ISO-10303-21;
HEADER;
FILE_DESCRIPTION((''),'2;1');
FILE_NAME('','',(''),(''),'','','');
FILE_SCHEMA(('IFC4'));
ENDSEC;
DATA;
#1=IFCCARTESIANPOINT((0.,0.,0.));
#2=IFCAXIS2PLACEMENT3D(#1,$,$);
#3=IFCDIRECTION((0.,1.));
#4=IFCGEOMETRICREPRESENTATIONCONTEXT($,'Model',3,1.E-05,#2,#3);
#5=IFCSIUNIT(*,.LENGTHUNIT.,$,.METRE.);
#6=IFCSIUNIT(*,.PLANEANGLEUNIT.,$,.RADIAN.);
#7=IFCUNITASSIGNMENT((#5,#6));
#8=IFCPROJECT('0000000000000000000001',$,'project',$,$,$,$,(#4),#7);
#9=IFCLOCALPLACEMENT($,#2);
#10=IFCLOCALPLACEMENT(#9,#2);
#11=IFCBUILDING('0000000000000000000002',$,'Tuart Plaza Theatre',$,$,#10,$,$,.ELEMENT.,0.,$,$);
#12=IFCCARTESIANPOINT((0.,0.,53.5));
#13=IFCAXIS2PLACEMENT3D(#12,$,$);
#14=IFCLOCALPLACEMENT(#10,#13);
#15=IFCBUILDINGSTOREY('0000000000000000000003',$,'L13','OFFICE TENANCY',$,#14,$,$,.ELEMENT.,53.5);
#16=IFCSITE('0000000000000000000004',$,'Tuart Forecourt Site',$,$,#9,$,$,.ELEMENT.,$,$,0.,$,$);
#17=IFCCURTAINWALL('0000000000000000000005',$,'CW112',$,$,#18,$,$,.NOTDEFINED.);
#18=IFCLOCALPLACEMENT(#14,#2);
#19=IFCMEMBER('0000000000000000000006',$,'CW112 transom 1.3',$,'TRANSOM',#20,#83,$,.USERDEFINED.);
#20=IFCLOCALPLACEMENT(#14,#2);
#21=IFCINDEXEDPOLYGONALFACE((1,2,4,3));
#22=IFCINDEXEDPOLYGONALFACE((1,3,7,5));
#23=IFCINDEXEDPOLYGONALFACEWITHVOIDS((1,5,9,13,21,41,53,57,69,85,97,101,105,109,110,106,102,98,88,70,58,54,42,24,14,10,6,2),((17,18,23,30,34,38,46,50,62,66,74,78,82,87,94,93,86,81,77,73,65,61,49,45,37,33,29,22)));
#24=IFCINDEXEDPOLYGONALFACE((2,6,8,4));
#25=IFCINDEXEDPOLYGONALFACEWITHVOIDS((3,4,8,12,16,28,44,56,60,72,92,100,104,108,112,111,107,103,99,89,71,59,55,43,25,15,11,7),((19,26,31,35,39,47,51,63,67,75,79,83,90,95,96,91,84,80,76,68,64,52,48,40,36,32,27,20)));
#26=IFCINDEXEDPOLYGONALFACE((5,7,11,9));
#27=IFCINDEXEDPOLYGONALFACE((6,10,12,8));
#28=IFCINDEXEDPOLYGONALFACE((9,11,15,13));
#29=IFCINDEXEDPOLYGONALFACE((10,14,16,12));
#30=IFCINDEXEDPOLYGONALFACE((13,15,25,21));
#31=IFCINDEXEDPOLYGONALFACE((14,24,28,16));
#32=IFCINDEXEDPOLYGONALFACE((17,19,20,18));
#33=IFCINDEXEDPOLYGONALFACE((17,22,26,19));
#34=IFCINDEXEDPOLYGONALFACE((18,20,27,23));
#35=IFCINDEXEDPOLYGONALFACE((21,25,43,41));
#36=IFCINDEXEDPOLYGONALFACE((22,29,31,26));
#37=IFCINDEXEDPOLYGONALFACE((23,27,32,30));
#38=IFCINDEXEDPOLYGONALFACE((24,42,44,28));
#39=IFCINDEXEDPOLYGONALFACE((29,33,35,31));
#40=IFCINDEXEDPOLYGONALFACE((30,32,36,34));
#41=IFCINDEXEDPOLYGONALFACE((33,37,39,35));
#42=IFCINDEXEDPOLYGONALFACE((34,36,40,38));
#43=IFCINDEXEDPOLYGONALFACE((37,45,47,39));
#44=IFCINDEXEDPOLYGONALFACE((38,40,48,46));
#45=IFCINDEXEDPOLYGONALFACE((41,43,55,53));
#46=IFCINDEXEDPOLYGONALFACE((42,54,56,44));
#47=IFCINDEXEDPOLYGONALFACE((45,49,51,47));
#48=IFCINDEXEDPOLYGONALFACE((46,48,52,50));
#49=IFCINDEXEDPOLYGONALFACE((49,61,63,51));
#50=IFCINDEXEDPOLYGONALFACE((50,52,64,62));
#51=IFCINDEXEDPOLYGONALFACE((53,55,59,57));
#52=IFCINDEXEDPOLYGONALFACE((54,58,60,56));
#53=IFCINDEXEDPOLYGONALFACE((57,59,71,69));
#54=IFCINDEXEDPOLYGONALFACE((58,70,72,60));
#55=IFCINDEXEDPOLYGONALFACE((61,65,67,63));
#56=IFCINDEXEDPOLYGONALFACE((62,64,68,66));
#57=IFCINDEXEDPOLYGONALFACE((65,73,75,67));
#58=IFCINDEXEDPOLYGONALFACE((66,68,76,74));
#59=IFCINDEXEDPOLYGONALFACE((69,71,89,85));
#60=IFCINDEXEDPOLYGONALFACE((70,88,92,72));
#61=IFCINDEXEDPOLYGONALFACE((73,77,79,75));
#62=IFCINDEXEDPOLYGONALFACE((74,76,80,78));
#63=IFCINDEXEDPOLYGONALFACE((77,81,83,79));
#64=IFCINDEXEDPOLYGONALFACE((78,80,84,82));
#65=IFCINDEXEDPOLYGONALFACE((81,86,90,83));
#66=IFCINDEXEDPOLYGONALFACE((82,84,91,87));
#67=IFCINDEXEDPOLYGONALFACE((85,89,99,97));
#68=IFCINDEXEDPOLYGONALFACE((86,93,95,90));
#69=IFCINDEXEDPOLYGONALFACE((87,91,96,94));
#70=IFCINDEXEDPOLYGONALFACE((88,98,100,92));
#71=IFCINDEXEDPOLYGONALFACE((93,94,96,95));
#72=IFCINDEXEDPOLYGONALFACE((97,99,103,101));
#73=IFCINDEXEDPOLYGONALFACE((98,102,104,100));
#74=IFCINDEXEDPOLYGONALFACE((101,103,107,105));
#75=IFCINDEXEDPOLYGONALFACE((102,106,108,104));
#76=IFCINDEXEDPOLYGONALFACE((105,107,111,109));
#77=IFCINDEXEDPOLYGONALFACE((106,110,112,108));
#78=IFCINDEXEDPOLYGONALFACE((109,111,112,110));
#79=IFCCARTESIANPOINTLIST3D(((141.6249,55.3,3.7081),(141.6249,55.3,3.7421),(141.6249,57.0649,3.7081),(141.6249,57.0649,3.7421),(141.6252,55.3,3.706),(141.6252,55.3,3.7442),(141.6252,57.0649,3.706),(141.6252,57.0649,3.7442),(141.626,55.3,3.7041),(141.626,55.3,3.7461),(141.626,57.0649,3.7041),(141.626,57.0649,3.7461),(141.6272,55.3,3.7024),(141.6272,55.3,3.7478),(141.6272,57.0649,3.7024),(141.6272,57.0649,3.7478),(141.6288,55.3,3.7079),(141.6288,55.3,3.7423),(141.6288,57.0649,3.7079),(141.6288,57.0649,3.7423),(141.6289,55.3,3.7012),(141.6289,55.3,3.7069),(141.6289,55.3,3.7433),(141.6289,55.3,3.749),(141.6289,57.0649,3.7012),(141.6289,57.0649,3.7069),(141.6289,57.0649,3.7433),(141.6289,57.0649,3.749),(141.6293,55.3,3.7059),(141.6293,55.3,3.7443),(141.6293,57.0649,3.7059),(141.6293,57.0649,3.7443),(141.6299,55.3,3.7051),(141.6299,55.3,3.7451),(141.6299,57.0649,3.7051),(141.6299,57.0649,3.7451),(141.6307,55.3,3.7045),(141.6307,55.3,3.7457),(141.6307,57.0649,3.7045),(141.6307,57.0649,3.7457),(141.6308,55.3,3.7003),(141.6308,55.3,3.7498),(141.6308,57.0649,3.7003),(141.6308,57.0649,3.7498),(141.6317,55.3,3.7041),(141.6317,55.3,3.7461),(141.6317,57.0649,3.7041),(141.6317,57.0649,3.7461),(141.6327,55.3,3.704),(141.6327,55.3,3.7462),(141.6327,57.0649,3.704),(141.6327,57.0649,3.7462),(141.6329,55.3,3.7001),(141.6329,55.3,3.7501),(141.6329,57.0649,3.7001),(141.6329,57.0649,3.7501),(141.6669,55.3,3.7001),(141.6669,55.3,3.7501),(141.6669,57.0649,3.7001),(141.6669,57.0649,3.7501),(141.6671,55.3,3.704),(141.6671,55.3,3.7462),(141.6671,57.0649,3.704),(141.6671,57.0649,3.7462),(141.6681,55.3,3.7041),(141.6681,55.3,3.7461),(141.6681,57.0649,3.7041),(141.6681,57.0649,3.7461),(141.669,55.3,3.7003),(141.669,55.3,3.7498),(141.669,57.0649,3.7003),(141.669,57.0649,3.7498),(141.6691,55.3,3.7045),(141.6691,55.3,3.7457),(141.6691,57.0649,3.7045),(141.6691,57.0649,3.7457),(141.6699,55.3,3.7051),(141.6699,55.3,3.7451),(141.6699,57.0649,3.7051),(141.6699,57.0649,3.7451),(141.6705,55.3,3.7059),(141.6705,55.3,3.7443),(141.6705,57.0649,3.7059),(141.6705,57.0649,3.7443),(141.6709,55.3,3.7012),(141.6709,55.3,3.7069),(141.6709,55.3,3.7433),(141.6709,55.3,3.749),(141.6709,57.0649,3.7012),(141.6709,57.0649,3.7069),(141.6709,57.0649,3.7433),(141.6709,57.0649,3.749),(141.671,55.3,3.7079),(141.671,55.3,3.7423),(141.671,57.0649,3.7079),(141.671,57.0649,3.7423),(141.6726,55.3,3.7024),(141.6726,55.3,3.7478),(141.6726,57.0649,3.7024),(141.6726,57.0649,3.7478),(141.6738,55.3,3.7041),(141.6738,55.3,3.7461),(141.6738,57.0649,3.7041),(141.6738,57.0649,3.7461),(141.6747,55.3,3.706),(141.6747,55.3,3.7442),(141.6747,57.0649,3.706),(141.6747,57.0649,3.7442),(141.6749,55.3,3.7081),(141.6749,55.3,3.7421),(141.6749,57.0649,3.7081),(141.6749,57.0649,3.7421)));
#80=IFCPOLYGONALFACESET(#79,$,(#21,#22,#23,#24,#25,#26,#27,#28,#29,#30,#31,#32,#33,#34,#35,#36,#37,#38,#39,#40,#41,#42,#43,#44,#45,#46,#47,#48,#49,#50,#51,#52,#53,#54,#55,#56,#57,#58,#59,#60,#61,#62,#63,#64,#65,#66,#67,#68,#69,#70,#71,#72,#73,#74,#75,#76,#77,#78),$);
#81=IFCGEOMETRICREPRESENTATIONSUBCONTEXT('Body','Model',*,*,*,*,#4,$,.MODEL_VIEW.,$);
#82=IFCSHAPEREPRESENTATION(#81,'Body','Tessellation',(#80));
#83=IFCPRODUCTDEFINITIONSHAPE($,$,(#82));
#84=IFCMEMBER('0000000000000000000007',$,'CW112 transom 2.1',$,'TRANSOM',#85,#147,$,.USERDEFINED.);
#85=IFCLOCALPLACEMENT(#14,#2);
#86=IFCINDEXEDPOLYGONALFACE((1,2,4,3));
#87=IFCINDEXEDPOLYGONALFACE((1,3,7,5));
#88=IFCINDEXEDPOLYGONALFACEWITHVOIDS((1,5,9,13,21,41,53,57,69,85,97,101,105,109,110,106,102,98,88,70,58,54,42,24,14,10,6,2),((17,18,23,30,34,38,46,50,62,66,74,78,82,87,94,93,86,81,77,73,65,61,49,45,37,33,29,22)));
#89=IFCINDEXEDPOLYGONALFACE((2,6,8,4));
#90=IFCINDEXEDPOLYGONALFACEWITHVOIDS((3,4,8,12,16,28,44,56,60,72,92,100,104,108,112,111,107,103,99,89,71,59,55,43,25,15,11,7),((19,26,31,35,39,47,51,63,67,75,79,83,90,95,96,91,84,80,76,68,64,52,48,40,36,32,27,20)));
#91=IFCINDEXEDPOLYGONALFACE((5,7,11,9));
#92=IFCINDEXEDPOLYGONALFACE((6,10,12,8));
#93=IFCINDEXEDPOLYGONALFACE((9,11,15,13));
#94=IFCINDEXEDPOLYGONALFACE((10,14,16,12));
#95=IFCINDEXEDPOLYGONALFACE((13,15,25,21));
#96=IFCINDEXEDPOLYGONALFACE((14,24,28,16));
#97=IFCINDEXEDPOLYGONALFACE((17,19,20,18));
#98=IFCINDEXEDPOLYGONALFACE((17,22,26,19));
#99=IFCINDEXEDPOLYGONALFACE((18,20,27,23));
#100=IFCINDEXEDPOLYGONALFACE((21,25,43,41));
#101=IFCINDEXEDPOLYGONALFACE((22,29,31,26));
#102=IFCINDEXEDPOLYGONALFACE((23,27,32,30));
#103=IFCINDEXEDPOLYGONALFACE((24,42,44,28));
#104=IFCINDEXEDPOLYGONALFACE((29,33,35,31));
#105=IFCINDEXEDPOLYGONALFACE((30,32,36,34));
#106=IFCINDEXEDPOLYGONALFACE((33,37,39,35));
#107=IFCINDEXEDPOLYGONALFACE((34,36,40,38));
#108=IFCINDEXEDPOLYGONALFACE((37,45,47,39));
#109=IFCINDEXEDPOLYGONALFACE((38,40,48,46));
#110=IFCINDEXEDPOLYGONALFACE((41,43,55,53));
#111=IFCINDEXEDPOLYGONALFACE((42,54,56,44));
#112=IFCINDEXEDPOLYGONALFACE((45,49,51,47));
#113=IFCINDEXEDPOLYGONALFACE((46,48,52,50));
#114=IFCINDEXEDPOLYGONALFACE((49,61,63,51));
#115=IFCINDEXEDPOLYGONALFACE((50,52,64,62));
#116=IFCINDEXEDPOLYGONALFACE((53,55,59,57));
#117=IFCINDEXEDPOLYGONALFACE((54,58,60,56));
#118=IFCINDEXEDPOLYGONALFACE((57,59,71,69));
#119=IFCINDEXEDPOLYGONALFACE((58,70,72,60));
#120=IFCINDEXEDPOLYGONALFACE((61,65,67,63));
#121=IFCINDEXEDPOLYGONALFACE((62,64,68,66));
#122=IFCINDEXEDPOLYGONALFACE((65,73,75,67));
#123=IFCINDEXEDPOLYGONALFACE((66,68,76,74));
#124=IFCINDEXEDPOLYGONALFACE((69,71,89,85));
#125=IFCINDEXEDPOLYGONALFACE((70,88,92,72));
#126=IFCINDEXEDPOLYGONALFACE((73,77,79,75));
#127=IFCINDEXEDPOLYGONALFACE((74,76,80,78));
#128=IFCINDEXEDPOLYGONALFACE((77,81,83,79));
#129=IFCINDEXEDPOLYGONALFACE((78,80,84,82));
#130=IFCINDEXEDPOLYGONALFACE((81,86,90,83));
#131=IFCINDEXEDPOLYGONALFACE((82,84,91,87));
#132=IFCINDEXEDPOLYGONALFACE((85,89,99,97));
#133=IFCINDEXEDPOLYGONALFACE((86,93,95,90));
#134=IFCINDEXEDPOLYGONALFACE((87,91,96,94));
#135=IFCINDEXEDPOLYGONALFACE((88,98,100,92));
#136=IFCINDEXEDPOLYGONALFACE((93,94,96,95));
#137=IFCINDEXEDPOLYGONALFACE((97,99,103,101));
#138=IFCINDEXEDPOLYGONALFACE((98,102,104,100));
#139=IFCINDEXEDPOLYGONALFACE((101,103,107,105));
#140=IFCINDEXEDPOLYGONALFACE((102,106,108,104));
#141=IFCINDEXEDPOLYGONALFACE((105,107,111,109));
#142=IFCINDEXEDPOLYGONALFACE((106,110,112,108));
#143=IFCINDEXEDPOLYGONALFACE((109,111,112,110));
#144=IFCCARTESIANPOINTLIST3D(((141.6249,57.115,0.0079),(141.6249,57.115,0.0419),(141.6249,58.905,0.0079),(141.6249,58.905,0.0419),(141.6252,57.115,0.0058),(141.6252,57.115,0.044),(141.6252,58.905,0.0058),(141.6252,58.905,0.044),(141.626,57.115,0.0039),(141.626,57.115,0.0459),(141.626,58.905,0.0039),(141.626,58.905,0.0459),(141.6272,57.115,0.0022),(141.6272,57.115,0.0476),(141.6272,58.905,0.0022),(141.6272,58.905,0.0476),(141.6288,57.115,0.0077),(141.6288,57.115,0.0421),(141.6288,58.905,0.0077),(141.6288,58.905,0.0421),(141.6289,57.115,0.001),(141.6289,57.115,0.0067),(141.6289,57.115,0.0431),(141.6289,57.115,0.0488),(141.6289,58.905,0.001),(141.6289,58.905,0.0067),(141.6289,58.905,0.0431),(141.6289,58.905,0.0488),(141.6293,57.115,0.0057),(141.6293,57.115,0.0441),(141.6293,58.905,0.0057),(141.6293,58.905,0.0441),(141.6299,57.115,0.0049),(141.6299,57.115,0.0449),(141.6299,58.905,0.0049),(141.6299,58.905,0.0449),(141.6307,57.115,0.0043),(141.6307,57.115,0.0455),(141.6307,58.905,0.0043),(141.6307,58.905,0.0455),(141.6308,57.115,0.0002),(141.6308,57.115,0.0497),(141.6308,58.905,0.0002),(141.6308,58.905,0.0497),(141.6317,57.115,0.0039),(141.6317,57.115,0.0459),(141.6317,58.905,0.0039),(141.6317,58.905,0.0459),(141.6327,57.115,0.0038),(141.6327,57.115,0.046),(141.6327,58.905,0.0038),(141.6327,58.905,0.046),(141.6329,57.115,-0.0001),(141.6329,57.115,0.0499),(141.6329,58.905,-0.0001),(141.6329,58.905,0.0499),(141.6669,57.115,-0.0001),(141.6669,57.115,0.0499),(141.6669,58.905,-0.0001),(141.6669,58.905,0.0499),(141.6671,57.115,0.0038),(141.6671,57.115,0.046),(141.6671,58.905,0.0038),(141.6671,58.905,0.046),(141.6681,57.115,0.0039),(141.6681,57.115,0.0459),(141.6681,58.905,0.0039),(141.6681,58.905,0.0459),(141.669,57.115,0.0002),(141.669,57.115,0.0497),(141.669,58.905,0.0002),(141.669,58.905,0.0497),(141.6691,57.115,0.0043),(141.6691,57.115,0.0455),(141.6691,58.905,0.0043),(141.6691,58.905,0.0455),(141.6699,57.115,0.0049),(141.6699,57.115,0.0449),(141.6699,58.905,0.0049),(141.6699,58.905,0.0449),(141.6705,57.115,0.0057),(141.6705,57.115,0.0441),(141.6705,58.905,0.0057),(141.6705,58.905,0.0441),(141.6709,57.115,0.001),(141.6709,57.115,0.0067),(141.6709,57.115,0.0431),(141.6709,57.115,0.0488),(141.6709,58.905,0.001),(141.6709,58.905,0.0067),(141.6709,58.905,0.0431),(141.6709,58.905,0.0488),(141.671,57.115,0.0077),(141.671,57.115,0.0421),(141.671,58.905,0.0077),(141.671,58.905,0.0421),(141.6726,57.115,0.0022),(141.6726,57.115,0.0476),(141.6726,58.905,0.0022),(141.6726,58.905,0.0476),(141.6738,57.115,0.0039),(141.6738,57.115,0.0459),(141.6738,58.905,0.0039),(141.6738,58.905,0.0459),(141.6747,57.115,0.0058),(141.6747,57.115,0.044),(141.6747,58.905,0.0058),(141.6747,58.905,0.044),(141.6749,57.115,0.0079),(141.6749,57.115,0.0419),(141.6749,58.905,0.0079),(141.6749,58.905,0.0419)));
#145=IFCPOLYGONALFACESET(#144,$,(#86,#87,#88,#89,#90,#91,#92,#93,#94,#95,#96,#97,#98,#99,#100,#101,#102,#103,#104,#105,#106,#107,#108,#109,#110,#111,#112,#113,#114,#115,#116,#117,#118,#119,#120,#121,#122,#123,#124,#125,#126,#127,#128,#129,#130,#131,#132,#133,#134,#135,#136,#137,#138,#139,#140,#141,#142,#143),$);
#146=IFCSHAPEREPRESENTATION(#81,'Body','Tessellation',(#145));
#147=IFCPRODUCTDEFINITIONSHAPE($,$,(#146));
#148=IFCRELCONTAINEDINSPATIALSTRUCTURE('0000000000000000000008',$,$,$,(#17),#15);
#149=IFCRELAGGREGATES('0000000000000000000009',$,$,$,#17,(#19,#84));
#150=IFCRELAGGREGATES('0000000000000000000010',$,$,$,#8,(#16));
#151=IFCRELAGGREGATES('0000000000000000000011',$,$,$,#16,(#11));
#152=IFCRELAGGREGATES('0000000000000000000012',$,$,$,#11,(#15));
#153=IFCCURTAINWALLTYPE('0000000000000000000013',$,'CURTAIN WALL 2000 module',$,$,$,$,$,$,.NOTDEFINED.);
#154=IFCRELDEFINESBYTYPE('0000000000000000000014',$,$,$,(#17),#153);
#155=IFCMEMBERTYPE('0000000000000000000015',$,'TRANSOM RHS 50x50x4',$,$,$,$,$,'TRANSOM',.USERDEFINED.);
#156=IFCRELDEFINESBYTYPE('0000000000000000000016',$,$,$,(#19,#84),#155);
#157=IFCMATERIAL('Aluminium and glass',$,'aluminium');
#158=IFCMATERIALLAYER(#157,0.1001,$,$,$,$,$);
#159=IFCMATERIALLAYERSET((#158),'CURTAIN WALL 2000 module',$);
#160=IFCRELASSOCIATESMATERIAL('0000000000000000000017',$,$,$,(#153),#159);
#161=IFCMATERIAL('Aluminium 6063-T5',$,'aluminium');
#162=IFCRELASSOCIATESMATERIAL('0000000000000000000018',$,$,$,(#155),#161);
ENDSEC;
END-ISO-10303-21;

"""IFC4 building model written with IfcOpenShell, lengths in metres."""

from ifc_helpers import new_model, si_unit, direction, frame, origin, origin_2d, place, context, subcontext, project, spatial, hollow_rectangle, extrude, material, layer, layer_set, material_profile, profile_set, type_object, element, aggregate, save


model = new_model("IFC4")

# Units and contexts
model_context = context("Model", 3, precision=1e-05, world=origin(), true_north=direction((0.0, 1.0)))
body_context = subcontext(model_context, "Body", "Model", "MODEL_VIEW")
ifc_project = project(units=[si_unit("LENGTHUNIT", "METRE"), si_unit("PLANEANGLEUNIT", "RADIAN")], contexts=[model_context])

# Site, building, storey
site_placement = place(None, origin())
site = spatial("IfcSite", under=ifc_project, at=site_placement, Name="Tuart Forecourt Site", CompositionType="ELEMENT", RefElevation=0.0)
building_placement = place(site_placement, origin())
building = spatial("IfcBuilding", under=site, at=building_placement, Name="Tuart Plaza Theatre", CompositionType="ELEMENT", ElevationOfRefHeight=0.0)
storey_placement = place(building_placement, frame((0.0, 0.0, 53.5)))
storey = spatial("IfcBuildingStorey", under=building, at=storey_placement, Name="L13", Description="OFFICE TENANCY", CompositionType="ELEMENT", Elevation=53.5)

# Curtain wall
ifc_material_1 = material(Name="Aluminium and glass", Category="aluminium")
ifc_layer_1 = layer(ifc_material_1, 0.1001)
ifc_layer_set_1 = layer_set([ifc_layer_1], Name="CURTAIN WALL 2000 module")
curtain_wall_type = type_object("IfcCurtainWallType", Name="CURTAIN WALL 2000 module", PredefinedType="NOTDEFINED", material=ifc_layer_set_1)
curtain_wall_1_placement = place(storey_placement, origin())
curtain_wall_1 = element("IfcCurtainWall", 1, at=curtain_wall_1_placement, inside=storey, type_object=curtain_wall_type, Name="CW112", PredefinedType="NOTDEFINED")

# Members
ifc_material_2 = material(Name="Aluminium 6063-T5", Category="aluminium")
ifc_material_profile_1 = material_profile(ifc_material_2, hollow_rectangle(XDim=0.05, YDim=0.05, WallThickness=0.0039, InnerFilletRadius=0.0039, OuterFilletRadius=0.0081, at=origin_2d()), Name="RHS 50x50x4")
ifc_profile_set_1 = profile_set([ifc_material_profile_1], Name="Aluminium 6063-T5")
member_type_1 = type_object("IfcMemberType", Name="TRANSOM RHS 50x50x4", ElementType="TRANSOM", PredefinedType="USERDEFINED", material=ifc_profile_set_1)
member_1_placement = place(storey_placement, frame((141.6499, 55.3, 3.7251), z_axis=(0.0, 1.0, 0.0), x_axis=(-1.0, 0.0, 0.0)))
member_1 = element("IfcMember", 2, at=member_1_placement, type_object=member_type_1, Name="CW112 transom 1.3", ObjectType="TRANSOM", PredefinedType="USERDEFINED", context=body_context, shape_type="SweptSolid", body=[
    extrude(hollow_rectangle(XDim=0.05, YDim=0.05, WallThickness=0.0039, InnerFilletRadius=0.0039, OuterFilletRadius=0.0081, at=origin_2d()), origin(), (0.0, 0.0, 1.0), 1.7649),
])
member_2_placement = place(storey_placement, frame((141.6499, 57.115, 0.0249), z_axis=(0.0, 1.0, 0.0), x_axis=(-1.0, 0.0, 0.0)))
member_2 = element("IfcMember", 3, at=member_2_placement, type_object=member_type_1, Name="CW112 transom 2.1", ObjectType="TRANSOM", PredefinedType="USERDEFINED", context=body_context, shape_type="SweptSolid", body=[
    extrude(hollow_rectangle(XDim=0.05, YDim=0.05, WallThickness=0.0039, InnerFilletRadius=0.0039, OuterFilletRadius=0.0081, at=origin_2d()), origin(), (0.0, 0.0, 1.0), 1.79),
])

aggregate(curtain_wall_1, [member_1, member_2])

save(model, "model.ifc")
